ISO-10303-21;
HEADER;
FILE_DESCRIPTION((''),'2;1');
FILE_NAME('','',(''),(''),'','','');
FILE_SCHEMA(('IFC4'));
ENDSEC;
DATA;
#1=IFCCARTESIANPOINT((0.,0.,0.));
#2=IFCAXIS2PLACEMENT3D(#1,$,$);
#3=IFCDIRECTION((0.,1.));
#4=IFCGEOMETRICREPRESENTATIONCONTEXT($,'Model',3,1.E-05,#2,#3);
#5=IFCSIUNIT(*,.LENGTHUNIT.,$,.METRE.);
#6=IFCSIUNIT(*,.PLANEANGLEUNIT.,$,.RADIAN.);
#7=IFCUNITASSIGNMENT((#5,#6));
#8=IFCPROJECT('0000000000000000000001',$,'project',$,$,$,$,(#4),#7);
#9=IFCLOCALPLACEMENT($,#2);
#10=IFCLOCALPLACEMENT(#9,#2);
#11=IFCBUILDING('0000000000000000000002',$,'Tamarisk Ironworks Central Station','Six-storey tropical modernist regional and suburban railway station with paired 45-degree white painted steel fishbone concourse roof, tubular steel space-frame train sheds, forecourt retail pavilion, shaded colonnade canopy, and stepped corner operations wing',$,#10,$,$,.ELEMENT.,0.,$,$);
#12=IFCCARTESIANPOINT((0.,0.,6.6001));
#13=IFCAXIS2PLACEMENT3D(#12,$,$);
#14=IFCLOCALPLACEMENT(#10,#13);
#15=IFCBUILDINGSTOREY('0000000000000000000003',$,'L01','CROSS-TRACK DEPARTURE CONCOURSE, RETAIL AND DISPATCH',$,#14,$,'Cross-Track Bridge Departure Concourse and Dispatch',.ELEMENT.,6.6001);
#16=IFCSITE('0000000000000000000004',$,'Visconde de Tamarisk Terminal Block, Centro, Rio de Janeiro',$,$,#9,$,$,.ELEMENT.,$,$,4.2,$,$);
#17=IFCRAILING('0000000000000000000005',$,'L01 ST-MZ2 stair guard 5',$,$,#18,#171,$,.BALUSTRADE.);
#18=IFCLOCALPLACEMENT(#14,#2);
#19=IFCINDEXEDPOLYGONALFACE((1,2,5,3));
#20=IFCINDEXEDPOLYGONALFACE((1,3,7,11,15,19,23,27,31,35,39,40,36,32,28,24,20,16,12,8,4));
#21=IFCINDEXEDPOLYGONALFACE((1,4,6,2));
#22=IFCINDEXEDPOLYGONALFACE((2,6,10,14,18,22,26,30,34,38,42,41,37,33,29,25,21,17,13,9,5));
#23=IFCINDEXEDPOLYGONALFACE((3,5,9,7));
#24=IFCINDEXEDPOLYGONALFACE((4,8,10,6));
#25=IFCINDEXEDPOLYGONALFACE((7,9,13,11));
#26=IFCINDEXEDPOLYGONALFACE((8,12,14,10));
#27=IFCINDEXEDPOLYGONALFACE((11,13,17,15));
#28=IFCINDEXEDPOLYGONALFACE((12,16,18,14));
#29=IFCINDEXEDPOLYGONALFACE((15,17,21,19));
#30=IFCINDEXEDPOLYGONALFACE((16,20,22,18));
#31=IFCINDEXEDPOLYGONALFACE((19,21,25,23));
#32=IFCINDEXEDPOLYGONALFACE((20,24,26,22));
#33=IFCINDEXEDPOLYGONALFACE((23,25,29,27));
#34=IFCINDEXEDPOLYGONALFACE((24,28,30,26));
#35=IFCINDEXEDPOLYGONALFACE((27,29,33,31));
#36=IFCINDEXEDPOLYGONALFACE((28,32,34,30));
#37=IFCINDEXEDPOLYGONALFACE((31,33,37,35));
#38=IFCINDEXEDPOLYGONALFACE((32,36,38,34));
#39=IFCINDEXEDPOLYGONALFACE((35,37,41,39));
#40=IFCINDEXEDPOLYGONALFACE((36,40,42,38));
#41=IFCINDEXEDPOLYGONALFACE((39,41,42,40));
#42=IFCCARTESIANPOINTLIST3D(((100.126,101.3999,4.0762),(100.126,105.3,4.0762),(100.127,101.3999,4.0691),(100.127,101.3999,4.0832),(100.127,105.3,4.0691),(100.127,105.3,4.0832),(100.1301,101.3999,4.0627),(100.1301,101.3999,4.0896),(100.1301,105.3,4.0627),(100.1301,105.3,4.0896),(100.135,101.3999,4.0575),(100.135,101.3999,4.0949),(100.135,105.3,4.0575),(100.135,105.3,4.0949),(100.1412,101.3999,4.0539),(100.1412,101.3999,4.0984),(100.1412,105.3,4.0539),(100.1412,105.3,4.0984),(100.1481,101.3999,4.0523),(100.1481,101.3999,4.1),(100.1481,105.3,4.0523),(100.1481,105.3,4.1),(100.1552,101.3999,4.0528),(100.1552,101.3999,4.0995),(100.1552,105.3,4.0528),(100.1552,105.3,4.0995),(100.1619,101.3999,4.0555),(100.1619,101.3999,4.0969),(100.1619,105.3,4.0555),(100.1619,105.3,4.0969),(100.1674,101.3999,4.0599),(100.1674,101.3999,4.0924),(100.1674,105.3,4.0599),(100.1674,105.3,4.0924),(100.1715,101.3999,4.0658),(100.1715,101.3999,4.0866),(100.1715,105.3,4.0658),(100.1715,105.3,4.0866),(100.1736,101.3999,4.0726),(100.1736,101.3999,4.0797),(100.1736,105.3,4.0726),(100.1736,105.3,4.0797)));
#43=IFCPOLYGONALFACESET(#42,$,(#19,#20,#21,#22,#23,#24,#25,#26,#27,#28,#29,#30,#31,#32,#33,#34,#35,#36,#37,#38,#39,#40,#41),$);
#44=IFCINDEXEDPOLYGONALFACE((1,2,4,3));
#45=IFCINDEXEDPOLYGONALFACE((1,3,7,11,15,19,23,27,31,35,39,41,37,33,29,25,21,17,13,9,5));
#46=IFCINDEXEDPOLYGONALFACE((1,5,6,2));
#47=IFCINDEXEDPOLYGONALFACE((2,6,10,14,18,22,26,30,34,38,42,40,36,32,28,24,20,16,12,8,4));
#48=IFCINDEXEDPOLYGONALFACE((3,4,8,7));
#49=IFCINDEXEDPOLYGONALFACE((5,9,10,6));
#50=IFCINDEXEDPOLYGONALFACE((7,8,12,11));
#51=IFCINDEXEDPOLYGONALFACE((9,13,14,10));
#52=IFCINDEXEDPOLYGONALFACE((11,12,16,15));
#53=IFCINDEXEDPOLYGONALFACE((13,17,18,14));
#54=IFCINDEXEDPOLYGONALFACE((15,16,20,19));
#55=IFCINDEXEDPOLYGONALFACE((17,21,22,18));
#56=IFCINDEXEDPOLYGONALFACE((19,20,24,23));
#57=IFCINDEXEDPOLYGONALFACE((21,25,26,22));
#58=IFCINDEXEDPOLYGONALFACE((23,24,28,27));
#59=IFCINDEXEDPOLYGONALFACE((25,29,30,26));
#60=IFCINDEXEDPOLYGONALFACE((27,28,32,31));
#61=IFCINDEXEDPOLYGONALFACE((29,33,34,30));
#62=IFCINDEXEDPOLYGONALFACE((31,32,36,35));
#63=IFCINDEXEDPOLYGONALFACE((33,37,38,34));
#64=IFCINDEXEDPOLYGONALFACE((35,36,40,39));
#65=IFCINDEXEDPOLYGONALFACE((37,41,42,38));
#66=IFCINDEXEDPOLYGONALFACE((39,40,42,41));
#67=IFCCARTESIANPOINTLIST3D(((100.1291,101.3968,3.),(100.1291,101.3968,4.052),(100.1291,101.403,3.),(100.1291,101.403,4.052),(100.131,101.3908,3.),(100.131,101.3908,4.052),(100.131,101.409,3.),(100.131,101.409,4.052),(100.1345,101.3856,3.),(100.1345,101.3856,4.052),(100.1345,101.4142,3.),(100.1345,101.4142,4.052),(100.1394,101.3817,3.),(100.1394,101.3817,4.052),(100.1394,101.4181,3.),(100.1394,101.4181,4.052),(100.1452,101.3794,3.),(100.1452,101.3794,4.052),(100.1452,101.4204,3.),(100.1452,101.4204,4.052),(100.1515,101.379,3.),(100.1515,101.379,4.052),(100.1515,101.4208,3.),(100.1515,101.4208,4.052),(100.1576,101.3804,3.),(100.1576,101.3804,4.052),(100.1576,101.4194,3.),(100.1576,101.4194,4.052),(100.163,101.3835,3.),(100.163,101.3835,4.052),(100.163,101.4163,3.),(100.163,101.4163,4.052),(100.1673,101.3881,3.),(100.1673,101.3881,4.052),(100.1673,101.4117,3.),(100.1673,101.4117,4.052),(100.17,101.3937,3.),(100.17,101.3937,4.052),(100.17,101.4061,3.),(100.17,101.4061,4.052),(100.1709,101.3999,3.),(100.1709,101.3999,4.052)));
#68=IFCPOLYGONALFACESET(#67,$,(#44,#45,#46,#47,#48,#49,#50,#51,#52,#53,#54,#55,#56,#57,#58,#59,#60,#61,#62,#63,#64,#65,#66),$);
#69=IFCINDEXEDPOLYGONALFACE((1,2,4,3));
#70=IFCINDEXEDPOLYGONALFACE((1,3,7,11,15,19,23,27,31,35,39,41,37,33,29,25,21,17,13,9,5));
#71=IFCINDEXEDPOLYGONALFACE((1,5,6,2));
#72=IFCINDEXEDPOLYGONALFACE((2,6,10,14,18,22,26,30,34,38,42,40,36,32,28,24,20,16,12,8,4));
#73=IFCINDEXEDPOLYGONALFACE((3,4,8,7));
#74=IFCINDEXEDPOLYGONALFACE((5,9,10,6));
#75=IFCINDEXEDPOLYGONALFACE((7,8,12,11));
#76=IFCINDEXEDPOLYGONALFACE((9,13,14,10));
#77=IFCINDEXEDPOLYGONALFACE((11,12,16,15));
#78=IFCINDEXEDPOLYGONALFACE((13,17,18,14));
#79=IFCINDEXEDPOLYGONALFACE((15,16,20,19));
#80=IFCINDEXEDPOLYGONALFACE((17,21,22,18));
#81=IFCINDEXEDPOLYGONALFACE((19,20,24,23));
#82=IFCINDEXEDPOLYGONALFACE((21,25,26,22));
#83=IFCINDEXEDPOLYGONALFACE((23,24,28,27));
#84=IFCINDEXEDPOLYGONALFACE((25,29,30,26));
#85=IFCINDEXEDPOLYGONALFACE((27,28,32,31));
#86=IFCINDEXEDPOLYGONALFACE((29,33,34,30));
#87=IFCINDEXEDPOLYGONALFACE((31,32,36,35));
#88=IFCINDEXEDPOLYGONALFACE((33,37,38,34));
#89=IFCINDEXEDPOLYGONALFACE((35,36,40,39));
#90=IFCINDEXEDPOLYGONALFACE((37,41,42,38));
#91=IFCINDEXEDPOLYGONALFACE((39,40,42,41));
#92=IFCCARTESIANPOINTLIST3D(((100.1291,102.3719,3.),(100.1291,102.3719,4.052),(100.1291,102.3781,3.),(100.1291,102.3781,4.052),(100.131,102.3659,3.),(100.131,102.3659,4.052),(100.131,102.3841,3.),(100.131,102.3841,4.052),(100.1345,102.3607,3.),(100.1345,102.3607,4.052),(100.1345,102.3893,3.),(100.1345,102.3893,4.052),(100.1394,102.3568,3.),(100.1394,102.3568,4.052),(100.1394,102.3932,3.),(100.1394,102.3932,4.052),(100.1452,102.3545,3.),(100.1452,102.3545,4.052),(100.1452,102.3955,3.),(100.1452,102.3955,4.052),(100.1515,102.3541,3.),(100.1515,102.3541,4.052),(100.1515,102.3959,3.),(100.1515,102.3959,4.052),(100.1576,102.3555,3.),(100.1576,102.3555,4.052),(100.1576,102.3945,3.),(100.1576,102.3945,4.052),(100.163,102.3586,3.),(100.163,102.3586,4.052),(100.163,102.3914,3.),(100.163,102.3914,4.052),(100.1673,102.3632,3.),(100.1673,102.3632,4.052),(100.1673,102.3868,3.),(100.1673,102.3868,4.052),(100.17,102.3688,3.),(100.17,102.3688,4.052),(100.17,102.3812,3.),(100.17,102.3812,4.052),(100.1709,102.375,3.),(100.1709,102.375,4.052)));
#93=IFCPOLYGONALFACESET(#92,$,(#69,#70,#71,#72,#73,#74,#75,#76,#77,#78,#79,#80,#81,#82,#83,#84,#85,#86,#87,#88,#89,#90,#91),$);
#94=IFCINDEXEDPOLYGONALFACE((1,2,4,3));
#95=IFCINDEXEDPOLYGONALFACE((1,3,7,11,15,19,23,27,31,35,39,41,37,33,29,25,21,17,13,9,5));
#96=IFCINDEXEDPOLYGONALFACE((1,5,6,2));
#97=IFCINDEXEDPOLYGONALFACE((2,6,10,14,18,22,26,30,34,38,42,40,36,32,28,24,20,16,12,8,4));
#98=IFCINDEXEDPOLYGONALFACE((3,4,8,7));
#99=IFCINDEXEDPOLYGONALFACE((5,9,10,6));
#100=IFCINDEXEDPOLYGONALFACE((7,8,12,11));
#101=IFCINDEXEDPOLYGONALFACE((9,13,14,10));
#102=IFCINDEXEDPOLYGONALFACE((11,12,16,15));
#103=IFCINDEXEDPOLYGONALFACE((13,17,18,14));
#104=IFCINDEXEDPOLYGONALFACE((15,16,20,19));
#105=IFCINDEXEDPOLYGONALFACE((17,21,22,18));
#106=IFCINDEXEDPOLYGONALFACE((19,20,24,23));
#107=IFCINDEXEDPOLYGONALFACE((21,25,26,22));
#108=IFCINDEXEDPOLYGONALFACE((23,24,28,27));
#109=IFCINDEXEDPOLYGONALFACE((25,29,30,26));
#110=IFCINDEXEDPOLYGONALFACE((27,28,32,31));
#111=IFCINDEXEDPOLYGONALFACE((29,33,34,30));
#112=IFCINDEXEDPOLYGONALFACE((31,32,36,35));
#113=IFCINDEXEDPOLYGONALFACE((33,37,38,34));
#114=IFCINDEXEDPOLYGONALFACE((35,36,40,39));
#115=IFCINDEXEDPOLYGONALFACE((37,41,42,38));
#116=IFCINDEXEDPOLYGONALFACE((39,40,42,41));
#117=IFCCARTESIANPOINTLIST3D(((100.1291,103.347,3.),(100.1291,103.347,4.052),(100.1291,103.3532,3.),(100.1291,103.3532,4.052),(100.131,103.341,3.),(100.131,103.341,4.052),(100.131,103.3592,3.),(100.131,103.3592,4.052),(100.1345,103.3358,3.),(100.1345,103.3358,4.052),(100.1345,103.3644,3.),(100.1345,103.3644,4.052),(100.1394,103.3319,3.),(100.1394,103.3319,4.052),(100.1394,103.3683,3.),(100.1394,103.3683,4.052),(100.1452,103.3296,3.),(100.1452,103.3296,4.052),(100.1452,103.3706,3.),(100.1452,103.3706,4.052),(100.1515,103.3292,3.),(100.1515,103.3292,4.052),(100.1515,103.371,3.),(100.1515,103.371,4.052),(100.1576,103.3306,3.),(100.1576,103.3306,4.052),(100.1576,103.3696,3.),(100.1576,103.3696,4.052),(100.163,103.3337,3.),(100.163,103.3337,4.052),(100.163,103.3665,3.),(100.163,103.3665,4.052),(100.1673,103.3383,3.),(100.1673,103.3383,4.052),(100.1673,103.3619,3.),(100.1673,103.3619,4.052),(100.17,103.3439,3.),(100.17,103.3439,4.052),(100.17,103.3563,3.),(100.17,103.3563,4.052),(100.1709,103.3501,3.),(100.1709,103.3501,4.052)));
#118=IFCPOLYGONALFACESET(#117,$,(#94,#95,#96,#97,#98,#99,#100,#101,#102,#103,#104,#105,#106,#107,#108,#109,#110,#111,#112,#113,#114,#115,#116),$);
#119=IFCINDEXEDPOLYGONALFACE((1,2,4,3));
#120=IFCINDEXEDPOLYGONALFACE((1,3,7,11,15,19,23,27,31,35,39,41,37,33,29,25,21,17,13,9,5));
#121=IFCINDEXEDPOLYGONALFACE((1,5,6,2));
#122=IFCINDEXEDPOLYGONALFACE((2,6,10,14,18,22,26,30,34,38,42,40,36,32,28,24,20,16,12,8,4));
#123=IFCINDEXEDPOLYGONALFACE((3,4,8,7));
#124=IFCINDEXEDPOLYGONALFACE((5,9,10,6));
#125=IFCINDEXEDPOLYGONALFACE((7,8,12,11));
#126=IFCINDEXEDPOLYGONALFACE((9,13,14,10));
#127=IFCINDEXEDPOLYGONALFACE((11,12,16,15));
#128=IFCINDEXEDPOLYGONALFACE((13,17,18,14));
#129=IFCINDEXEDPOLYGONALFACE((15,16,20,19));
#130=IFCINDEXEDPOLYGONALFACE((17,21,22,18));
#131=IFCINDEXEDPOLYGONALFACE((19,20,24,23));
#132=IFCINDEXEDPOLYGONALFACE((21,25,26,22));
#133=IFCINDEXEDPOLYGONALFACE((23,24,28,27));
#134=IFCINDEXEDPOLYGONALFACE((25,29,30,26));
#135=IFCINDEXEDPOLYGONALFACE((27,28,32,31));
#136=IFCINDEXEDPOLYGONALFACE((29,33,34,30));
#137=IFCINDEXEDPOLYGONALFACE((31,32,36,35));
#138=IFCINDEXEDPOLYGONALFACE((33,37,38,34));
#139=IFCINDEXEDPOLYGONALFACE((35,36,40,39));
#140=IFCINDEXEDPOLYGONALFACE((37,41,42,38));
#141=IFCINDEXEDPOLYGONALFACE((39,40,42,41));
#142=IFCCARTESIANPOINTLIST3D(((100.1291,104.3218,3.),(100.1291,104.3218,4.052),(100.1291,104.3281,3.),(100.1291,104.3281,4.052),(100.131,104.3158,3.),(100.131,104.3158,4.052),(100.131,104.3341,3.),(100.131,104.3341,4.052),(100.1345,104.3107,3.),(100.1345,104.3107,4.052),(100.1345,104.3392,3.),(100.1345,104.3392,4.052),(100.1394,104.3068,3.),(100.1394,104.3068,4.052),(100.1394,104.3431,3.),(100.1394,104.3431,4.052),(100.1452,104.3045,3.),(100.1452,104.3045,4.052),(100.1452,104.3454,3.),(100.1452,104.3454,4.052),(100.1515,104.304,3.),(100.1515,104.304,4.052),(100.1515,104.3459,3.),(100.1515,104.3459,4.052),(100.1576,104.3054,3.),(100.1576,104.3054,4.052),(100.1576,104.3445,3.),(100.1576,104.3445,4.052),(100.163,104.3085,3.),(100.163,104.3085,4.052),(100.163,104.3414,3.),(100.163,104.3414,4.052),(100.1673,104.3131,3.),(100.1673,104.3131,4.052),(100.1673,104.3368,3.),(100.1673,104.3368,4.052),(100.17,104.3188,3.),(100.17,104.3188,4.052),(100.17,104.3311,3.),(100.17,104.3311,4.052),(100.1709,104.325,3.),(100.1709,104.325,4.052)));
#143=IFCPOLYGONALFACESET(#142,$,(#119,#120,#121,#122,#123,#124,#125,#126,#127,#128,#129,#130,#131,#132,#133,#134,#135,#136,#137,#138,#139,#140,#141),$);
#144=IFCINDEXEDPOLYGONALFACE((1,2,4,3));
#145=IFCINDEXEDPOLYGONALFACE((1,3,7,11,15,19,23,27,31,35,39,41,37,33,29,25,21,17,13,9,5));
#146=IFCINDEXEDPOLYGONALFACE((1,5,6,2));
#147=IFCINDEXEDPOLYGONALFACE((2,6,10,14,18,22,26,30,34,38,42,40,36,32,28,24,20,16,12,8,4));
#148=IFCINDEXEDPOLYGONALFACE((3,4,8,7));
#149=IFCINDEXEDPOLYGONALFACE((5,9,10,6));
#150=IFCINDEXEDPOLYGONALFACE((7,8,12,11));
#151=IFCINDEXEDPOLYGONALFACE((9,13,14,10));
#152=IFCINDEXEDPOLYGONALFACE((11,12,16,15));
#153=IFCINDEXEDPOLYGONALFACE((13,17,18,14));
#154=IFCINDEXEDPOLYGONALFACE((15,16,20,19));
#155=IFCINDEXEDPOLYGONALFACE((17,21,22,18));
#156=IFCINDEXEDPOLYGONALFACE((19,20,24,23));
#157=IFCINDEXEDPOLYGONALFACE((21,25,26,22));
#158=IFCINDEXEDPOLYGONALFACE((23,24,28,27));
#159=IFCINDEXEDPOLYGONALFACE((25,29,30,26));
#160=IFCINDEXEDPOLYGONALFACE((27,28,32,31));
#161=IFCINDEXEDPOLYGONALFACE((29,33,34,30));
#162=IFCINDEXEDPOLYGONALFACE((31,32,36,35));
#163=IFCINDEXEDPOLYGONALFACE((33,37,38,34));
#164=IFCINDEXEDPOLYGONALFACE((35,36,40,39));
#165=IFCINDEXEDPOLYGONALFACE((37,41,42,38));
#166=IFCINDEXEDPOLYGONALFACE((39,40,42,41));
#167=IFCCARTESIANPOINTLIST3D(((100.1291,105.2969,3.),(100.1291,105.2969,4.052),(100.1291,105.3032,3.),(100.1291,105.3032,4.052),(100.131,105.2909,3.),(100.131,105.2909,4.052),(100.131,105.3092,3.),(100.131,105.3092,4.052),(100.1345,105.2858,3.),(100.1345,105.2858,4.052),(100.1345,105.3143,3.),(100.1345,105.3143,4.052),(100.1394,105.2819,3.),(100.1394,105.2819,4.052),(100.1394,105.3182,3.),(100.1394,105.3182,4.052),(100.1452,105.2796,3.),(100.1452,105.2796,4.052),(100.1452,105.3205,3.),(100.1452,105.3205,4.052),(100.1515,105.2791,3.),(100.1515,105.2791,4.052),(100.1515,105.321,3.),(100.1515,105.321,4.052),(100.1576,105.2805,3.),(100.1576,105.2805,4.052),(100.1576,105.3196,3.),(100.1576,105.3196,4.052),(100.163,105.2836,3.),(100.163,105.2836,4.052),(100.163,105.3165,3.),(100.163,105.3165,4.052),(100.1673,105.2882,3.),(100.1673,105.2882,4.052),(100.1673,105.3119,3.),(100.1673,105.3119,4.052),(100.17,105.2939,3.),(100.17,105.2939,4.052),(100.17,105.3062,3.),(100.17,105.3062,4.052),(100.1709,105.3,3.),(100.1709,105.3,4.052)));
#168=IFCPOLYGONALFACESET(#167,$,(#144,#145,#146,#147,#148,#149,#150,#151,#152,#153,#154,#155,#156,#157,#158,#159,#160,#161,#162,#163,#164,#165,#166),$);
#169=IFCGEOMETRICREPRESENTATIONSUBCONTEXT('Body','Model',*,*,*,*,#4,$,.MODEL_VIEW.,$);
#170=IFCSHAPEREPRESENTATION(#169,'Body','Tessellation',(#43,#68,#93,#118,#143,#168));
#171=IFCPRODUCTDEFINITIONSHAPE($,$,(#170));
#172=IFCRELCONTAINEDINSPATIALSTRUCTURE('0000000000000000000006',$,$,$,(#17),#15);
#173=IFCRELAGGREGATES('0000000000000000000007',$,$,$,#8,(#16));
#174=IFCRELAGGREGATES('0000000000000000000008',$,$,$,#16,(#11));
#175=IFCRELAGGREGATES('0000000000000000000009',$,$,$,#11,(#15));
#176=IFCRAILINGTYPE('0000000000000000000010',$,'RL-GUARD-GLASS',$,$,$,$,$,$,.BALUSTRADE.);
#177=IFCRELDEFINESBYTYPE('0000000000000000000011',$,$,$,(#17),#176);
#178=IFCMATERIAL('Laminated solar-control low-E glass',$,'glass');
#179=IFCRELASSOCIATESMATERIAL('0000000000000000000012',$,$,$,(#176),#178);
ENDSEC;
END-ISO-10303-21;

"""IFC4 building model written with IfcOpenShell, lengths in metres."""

from ifc_helpers import new_model, si_unit, direction, frame, origin, origin_2d, place, context, subcontext, project, spatial, circle, extrude, material, type_object, element, save


model = new_model("IFC4")

# Units and contexts
model_context = context("Model", 3, precision=1e-05, world=origin(), true_north=direction((0.0, 1.0)))
body_context = subcontext(model_context, "Body", "Model", "MODEL_VIEW")
ifc_project = project(units=[si_unit("LENGTHUNIT", "METRE"), si_unit("PLANEANGLEUNIT", "RADIAN")], contexts=[model_context])

# Site, building, storey
site_placement = place(None, origin())
site = spatial("IfcSite", under=ifc_project, at=site_placement, Name="Visconde de Tamarisk Terminal Block, Centro, Rio de Janeiro", CompositionType="ELEMENT", RefElevation=4.2)
building_placement = place(site_placement, origin())
building = spatial("IfcBuilding", under=site, at=building_placement, Name="Tamarisk Ironworks Central Station", Description="Six-storey tropical modernist regional and suburban railway station with paired 45-degree white painted steel fishbone concourse roof, tubular steel space-frame train sheds, forecourt retail pavilion, shaded colonnade canopy, and stepped corner operations wing", CompositionType="ELEMENT", ElevationOfRefHeight=0.0)
storey_placement = place(building_placement, frame((0.0, 0.0, 6.6001)))
storey = spatial("IfcBuildingStorey", under=building, at=storey_placement, Name="L01", Description="CROSS-TRACK DEPARTURE CONCOURSE, RETAIL AND DISPATCH", LongName="Cross-Track Bridge Departure Concourse and Dispatch", CompositionType="ELEMENT", Elevation=6.6001)

# Shared definitions
ifc_material_1 = material(Name="Laminated solar-control low-E glass", Category="glass")

# Railing
railing_type = type_object("IfcRailingType", Name="RL-GUARD-GLASS", PredefinedType="BALUSTRADE", material=ifc_material_1)
railing_1_placement = place(storey_placement, frame((100.1499, 101.3999, 3.0)))
element("IfcRailing", 1, at=railing_1_placement, inside=storey, type_object=railing_type, Name="L01 ST-MZ2 stair guard 5", PredefinedType="BALUSTRADE", context=body_context, shape_type="SweptSolid", body=[
    extrude(circle(Radius=0.0239, at=origin_2d()), frame((0.0, 0.0, 1.0762), z_axis=(0.0, 1.0, 0.0), x_axis=(-1.0, 0.0, 0.0)), (0.0, 0.0, 1.0), 3.9001),
    extrude(circle(Radius=0.021, at=origin_2d()), origin(), (0.0, 0.0, 1.0), 1.052),
    extrude(circle(Radius=0.021, at=origin_2d()), frame((0.0, 0.9751, 0.0)), (0.0, 0.0, 1.0), 1.052),
    extrude(circle(Radius=0.021, at=origin_2d()), frame((0.0, 1.9502, 0.0)), (0.0, 0.0, 1.0), 1.052),
    extrude(circle(Radius=0.021, at=origin_2d()), frame((0.0, 2.925, 0.0)), (0.0, 0.0, 1.0), 1.052),
    extrude(circle(Radius=0.021, at=origin_2d()), frame((0.0, 3.9001, 0.0)), (0.0, 0.0, 1.0), 1.052),
])

save(model, "model.ifc")
